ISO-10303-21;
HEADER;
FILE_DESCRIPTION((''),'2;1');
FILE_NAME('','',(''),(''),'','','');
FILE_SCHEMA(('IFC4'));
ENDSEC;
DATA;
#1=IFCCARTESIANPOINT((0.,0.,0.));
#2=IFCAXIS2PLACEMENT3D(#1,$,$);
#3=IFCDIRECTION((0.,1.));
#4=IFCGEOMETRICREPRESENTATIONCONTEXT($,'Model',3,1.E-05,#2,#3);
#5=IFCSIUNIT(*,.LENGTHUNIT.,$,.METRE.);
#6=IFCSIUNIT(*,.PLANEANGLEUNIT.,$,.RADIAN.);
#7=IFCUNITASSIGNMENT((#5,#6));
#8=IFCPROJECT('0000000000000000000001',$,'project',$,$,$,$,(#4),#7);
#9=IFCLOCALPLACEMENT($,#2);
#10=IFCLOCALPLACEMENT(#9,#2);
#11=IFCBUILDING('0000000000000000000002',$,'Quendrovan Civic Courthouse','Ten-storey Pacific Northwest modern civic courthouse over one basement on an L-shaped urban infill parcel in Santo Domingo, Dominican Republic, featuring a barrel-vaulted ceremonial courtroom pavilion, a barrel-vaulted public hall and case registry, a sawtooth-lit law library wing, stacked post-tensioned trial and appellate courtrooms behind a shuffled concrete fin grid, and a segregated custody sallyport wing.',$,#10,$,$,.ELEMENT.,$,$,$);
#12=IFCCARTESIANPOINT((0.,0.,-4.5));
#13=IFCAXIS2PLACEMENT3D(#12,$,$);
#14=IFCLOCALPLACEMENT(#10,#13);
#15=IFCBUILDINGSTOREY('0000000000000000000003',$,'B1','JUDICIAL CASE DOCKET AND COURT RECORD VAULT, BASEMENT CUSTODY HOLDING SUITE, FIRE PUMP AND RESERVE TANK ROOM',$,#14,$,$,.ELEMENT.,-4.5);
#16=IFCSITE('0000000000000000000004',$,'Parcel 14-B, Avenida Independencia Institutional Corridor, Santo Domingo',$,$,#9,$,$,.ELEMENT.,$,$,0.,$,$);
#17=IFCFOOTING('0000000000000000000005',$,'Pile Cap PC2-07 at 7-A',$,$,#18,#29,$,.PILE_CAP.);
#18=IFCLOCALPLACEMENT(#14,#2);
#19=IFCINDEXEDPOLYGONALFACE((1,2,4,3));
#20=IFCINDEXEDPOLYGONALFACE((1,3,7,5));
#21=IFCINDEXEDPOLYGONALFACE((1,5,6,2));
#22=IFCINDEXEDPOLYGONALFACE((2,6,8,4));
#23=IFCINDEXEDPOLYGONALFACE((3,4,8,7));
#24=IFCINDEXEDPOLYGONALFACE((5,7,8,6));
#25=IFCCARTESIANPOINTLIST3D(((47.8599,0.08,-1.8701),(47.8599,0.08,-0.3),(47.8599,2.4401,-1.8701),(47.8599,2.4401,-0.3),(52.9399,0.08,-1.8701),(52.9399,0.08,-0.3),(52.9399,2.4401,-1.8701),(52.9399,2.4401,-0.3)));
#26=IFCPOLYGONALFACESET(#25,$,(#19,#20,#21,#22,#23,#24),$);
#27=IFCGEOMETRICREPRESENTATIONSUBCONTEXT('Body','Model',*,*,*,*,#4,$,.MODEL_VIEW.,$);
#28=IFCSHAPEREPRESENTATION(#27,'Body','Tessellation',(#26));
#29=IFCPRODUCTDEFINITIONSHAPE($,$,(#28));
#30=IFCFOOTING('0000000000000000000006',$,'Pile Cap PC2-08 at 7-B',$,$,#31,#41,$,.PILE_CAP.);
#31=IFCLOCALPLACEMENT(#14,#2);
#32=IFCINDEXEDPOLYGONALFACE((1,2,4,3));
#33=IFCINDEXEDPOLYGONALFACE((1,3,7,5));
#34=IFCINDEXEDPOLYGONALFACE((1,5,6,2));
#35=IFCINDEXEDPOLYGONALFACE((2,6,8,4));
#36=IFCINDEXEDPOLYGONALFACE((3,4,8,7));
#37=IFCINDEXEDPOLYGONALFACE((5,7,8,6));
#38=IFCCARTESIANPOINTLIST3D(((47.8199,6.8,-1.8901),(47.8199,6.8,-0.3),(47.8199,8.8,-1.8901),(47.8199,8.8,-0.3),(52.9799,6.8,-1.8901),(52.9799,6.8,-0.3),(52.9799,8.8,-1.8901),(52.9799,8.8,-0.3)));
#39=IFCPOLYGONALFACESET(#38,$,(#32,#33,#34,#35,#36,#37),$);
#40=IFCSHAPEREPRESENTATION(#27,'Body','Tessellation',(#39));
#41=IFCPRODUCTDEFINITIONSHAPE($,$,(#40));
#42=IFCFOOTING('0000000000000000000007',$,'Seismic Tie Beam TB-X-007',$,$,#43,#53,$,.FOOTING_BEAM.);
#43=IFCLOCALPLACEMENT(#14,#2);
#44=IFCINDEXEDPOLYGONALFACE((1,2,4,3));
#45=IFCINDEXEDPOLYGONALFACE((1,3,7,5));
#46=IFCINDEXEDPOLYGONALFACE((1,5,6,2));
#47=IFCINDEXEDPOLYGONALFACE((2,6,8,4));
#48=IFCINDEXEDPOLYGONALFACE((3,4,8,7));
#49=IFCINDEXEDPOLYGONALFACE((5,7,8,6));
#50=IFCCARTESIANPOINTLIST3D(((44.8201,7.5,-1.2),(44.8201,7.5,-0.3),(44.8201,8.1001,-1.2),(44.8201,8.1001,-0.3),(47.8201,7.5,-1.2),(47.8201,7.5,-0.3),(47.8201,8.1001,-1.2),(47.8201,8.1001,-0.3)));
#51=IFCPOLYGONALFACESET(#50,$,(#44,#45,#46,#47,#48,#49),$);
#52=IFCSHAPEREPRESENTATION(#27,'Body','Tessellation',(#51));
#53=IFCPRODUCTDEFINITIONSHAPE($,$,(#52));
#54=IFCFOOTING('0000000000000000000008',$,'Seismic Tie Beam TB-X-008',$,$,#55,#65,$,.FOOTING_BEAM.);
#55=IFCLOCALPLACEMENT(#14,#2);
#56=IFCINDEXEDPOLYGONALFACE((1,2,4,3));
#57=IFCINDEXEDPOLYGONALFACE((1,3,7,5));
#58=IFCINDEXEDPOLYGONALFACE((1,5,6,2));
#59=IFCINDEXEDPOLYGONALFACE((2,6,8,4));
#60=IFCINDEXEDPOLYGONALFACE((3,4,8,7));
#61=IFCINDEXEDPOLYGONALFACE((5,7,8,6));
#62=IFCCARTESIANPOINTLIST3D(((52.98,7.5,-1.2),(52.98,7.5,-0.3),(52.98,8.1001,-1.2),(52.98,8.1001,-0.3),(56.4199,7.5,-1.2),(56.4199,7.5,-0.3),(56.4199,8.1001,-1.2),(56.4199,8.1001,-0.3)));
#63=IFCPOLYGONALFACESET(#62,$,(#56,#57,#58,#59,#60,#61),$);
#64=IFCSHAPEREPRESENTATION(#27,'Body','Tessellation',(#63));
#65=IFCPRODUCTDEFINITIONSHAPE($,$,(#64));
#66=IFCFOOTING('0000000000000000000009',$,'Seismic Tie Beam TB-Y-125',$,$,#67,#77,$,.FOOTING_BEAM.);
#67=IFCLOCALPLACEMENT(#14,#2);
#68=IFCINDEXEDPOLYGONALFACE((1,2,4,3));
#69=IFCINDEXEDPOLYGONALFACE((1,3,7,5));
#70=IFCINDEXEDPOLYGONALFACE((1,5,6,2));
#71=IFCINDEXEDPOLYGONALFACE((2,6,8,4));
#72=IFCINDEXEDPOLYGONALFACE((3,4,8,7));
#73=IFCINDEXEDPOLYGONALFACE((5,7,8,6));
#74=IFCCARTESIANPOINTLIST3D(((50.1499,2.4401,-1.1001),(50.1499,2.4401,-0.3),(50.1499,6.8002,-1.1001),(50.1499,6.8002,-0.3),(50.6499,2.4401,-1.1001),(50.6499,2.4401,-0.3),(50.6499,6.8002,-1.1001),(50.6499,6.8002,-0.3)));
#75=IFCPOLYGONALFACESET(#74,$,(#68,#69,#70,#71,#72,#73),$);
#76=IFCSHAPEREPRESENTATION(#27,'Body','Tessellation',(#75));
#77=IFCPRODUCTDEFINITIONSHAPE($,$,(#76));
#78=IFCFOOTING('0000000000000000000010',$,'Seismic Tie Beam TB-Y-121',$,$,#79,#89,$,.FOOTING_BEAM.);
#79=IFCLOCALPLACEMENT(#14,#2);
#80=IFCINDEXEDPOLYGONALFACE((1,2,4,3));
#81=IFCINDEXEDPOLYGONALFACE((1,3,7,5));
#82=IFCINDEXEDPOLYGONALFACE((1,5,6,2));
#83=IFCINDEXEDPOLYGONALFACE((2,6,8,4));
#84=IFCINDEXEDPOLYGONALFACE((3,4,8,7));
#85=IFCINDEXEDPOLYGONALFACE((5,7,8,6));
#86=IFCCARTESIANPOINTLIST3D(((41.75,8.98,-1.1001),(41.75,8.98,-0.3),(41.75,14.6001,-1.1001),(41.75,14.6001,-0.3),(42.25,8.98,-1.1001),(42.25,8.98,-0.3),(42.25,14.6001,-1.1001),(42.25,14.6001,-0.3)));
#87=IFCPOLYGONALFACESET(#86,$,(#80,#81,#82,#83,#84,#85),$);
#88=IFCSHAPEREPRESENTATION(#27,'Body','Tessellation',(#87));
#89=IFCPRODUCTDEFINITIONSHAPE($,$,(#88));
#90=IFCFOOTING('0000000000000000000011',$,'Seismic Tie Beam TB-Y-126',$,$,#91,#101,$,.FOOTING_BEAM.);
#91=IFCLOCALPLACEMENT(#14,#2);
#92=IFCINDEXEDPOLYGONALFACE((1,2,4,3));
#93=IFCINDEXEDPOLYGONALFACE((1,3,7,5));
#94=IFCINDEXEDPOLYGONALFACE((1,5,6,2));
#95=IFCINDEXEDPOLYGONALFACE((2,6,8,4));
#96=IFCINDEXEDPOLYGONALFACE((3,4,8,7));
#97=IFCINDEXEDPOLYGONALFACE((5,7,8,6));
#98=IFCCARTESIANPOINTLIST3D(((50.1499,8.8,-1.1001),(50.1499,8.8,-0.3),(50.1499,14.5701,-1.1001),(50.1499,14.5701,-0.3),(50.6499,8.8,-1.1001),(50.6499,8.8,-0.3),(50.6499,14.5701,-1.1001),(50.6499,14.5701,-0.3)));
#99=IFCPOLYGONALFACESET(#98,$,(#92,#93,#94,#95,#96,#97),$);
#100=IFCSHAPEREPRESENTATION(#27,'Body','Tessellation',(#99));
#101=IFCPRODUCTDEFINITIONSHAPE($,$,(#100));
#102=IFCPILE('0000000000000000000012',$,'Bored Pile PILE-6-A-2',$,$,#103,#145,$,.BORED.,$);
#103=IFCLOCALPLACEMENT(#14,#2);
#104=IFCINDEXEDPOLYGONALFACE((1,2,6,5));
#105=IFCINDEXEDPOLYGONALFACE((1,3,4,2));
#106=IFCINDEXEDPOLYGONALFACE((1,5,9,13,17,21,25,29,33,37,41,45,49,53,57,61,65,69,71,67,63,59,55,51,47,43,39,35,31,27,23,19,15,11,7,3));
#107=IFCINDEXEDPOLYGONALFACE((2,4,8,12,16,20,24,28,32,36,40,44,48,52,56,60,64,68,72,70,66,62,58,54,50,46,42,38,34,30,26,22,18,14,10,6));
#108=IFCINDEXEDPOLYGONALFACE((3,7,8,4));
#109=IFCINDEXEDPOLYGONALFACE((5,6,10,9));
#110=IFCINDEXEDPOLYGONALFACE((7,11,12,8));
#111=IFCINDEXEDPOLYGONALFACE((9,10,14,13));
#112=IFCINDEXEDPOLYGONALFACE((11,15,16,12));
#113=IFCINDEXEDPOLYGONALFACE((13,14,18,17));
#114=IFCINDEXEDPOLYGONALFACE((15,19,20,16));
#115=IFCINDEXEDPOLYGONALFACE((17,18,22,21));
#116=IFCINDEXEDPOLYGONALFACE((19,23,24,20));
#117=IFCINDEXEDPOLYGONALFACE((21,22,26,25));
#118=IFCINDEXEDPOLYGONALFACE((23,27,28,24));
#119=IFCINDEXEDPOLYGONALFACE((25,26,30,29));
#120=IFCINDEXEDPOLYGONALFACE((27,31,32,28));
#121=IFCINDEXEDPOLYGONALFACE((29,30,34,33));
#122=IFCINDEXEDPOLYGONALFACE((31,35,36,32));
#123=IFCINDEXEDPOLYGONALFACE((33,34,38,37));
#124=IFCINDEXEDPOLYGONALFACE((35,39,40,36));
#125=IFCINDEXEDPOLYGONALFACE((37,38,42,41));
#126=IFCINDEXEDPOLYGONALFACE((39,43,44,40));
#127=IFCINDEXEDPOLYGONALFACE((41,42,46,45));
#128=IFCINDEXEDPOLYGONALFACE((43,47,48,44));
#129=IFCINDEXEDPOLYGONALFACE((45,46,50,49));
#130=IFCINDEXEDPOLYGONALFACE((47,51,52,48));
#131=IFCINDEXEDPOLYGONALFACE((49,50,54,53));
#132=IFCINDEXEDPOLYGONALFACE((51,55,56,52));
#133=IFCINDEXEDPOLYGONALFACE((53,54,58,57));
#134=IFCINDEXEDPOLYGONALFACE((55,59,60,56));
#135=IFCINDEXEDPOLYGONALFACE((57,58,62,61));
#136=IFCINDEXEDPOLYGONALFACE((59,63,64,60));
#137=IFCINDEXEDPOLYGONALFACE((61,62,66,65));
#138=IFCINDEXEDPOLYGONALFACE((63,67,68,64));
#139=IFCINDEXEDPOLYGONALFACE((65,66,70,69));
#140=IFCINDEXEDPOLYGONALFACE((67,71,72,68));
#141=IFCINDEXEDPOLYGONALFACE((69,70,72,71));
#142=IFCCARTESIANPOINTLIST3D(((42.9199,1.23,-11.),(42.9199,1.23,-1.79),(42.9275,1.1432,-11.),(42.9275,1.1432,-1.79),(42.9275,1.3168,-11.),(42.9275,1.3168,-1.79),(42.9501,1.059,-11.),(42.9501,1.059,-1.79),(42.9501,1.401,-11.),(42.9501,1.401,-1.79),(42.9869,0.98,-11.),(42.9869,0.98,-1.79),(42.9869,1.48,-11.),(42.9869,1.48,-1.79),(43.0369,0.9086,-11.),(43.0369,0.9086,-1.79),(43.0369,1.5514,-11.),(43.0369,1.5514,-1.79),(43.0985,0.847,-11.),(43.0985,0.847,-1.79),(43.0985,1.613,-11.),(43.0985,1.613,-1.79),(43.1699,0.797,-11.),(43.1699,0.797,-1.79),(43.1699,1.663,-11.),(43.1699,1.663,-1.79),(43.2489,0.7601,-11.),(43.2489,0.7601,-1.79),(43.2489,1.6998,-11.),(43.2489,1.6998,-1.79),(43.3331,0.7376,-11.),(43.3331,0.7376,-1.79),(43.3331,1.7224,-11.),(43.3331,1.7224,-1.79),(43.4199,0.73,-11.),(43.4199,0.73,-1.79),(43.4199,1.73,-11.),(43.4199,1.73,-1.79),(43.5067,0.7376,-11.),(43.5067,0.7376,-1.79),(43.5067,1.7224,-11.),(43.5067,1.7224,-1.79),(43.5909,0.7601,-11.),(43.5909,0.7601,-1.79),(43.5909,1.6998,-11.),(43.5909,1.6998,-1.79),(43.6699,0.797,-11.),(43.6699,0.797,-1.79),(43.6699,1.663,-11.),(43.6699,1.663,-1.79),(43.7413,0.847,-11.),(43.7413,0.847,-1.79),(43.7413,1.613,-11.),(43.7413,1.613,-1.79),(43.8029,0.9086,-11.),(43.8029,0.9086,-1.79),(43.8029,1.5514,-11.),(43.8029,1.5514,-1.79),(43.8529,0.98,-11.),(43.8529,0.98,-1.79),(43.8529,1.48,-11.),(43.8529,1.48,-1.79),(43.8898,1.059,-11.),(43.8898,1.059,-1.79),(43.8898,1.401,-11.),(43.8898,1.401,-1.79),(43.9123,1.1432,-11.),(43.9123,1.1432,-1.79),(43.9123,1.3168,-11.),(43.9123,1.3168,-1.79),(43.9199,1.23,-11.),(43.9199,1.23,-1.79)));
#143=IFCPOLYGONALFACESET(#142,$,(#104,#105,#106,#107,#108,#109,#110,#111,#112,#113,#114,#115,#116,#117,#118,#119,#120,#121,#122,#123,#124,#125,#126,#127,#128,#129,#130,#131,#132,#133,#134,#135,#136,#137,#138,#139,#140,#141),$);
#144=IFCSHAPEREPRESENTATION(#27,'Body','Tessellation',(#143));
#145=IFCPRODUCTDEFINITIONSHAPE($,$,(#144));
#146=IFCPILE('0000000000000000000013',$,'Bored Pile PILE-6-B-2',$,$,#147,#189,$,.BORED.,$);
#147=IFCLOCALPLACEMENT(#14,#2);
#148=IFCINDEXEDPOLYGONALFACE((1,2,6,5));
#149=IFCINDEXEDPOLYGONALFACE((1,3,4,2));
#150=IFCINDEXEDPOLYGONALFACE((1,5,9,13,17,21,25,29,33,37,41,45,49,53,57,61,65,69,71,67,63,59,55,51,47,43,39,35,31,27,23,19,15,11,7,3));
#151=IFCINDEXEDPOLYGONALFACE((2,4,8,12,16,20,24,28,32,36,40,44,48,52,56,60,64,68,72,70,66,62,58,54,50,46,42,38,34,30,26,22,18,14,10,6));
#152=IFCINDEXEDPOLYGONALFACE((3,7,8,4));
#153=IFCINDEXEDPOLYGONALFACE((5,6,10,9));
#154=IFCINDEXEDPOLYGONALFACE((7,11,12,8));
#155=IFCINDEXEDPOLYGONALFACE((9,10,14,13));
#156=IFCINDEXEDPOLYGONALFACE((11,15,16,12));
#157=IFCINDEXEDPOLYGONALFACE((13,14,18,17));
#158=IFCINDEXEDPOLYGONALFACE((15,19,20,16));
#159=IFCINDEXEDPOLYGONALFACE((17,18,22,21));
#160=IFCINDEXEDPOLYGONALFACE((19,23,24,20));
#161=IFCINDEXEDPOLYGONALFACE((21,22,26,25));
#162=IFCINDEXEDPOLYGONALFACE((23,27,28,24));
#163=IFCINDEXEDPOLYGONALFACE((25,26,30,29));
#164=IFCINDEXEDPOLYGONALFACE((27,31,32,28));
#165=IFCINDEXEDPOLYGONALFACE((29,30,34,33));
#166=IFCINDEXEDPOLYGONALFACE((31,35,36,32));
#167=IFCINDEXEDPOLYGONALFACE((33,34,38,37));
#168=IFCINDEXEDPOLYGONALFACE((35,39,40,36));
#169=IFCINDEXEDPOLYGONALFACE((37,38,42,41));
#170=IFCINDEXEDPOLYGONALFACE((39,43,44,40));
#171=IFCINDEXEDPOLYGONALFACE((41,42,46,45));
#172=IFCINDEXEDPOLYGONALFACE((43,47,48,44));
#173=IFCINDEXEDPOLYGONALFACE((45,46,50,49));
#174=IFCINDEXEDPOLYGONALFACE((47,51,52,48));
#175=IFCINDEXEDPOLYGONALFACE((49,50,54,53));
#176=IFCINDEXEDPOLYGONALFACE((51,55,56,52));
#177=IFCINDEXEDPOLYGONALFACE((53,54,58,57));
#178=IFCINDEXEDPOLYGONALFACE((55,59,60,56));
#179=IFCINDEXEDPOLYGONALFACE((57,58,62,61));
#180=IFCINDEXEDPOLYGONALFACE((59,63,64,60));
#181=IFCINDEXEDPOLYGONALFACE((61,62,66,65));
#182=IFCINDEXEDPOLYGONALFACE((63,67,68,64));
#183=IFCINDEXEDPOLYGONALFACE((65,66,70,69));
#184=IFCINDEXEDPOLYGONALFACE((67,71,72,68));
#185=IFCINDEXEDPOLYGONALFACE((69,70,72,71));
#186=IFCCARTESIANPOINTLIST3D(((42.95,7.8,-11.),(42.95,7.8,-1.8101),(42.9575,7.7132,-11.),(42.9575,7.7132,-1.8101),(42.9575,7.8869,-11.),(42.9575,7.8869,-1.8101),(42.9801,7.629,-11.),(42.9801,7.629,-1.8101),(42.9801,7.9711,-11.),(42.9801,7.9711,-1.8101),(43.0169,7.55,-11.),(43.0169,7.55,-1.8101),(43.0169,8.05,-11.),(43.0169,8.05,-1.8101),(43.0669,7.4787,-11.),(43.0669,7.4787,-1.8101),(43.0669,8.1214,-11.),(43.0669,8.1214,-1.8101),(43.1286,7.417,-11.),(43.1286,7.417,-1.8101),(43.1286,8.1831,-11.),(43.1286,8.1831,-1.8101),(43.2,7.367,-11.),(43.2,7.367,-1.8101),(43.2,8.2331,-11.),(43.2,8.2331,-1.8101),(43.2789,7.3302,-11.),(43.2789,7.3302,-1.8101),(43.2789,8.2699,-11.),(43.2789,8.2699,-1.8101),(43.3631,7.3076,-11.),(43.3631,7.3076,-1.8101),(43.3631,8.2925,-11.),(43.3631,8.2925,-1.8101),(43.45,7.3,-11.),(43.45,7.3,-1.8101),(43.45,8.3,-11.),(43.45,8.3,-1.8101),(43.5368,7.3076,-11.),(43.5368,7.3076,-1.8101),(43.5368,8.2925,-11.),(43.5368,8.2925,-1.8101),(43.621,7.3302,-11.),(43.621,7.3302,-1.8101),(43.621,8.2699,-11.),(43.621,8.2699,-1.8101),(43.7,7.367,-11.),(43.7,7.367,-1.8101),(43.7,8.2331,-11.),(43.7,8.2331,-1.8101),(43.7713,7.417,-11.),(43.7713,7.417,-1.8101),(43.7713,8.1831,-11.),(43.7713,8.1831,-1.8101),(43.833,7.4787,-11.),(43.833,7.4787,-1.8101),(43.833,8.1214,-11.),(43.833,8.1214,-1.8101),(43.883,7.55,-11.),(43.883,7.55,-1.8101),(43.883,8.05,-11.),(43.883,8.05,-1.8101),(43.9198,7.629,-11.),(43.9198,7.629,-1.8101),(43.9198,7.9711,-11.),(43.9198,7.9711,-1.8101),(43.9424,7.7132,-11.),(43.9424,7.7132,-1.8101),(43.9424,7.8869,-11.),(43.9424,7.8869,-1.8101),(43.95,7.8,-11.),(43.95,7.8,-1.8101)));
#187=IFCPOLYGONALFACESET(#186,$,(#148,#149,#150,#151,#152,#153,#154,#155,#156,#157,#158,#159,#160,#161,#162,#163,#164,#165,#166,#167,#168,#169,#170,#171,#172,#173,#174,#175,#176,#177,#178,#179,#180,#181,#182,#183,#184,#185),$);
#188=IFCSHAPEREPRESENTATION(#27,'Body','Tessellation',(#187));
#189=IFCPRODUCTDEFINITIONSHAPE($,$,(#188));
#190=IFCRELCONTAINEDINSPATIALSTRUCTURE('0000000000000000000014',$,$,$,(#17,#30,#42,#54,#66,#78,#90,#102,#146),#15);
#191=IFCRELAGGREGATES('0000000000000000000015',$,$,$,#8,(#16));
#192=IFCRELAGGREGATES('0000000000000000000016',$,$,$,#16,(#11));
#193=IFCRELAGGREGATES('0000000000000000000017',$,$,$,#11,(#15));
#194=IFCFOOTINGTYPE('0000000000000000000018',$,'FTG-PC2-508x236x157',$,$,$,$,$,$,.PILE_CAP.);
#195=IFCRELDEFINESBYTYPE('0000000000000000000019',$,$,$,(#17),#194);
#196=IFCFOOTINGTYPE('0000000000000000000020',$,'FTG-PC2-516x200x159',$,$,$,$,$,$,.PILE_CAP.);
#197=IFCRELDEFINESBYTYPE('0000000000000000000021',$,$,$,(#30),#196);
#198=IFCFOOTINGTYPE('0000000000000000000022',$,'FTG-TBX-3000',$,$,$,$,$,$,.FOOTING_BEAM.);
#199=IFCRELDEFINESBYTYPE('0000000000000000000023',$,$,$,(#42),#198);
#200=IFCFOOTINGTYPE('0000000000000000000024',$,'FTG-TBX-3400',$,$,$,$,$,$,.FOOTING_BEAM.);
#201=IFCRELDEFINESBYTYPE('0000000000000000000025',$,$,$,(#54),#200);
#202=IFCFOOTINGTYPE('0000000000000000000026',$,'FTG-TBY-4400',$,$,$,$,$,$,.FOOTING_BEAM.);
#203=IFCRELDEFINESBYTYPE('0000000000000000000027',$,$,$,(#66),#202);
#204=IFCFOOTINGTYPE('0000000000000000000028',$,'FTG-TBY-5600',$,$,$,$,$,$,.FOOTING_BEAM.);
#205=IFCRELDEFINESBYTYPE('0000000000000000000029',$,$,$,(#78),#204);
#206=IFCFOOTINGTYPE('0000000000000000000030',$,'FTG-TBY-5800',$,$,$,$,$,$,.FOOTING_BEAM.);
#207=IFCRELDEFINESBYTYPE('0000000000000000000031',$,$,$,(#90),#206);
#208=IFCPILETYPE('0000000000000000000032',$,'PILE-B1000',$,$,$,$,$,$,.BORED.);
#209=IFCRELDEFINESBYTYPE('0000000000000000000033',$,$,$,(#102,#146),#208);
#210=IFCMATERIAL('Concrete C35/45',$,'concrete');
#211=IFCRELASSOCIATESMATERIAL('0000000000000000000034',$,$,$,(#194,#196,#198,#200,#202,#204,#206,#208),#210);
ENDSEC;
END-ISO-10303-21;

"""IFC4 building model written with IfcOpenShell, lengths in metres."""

from ifc_helpers import new_model, si_unit, direction, frame, origin, origin_2d, place, context, subcontext, project, spatial, rectangle, circle, extrude, material, material_profile, profile_set, type_object, element, save


model = new_model("IFC4")

# Units and contexts
model_context = context("Model", 3, precision=1e-05, world=origin(), true_north=direction((0.0, 1.0)))
body_context = subcontext(model_context, "Body", "Model", "MODEL_VIEW")
ifc_project = project(units=[si_unit("LENGTHUNIT", "METRE"), si_unit("PLANEANGLEUNIT", "RADIAN")], contexts=[model_context])

# Site, building, storey
site_placement = place(None, origin())
site = spatial("IfcSite", under=ifc_project, at=site_placement, Name="Parcel 14-B, Avenida Independencia Institutional Corridor, Santo Domingo", CompositionType="ELEMENT", RefElevation=0.0)
building_placement = place(site_placement, origin())
building = spatial("IfcBuilding", under=site, at=building_placement, Name="Quendrovan Civic Courthouse", Description="Ten-storey Pacific Northwest modern civic courthouse over one basement on an L-shaped urban infill parcel in Santo Domingo, Dominican Republic, featuring a barrel-vaulted ceremonial courtroom pavilion, a barrel-vaulted public hall and case registry, a sawtooth-lit law library wing, stacked post-tensioned trial and appellate courtrooms behind a shuffled concrete fin grid, and a segregated custody sallyport wing.", CompositionType="ELEMENT")
storey_placement = place(building_placement, frame((0.0, 0.0, -4.5)))
storey = spatial("IfcBuildingStorey", under=building, at=storey_placement, Name="B1", Description="JUDICIAL CASE DOCKET AND COURT RECORD VAULT, BASEMENT CUSTODY HOLDING SUITE, FIRE PUMP AND RESERVE TANK ROOM", CompositionType="ELEMENT", Elevation=-4.5)

# Footings
ifc_material_1 = material(Name="Concrete C35/45", Category="concrete")
footing_type_1 = type_object("IfcFootingType", Name="FTG-PC2-508x236x157", PredefinedType="PILE_CAP", material=ifc_material_1)
footing_1_placement = place(storey_placement, frame((50.3999, 1.26, -1.8701), z_axis=(0.0, 0.0, 1.0), x_axis=(1.0, 0.0, 0.0)))
element("IfcFooting", 1, at=footing_1_placement, inside=storey, type_object=footing_type_1, Name="Pile Cap PC2-07 at 7-A", PredefinedType="PILE_CAP", context=body_context, shape_type="SweptSolid", body=[
    extrude(rectangle(XDim=5.0801, YDim=2.3601, at=origin_2d()), origin(), (0.0, 0.0, 1.0), 1.5701),
])
footing_type_2 = type_object("IfcFootingType", Name="FTG-PC2-516x200x159", PredefinedType="PILE_CAP", material=ifc_material_1)
footing_2_placement = place(storey_placement, frame((50.3999, 7.8, -1.8901), z_axis=(0.0, 0.0, 1.0), x_axis=(1.0, 0.0, 0.0)))
element("IfcFooting", 2, at=footing_2_placement, inside=storey, type_object=footing_type_2, Name="Pile Cap PC2-08 at 7-B", PredefinedType="PILE_CAP", context=body_context, shape_type="SweptSolid", body=[
    extrude(rectangle(XDim=5.1599, YDim=2.0, at=origin_2d()), origin(), (0.0, 0.0, 1.0), 1.5901),
])
footing_type_3 = type_object("IfcFootingType", Name="FTG-TBX-3000", PredefinedType="FOOTING_BEAM", material=ifc_material_1)
footing_3_placement = place(storey_placement, frame((46.3201, 7.8, -1.2), z_axis=(0.0, 0.0, 1.0), x_axis=(1.0, 0.0, 0.0)))
element("IfcFooting", 3, at=footing_3_placement, inside=storey, type_object=footing_type_3, Name="Seismic Tie Beam TB-X-007", PredefinedType="FOOTING_BEAM", context=body_context, shape_type="SweptSolid", body=[
    extrude(rectangle(XDim=3.0, YDim=0.6001, at=origin_2d()), origin(), (0.0, 0.0, 1.0), 0.8999),
])
footing_type_4 = type_object("IfcFootingType", Name="FTG-TBX-3400", PredefinedType="FOOTING_BEAM", material=ifc_material_1)
footing_4_placement = place(storey_placement, frame((54.7, 7.8, -1.2), z_axis=(0.0, 0.0, 1.0), x_axis=(1.0, 0.0, 0.0)))
element("IfcFooting", 4, at=footing_4_placement, inside=storey, type_object=footing_type_4, Name="Seismic Tie Beam TB-X-008", PredefinedType="FOOTING_BEAM", context=body_context, shape_type="SweptSolid", body=[
    extrude(rectangle(XDim=3.4399, YDim=0.6001, at=origin_2d()), origin(), (0.0, 0.0, 1.0), 0.8999),
])
footing_type_5 = type_object("IfcFootingType", Name="FTG-TBY-4400", PredefinedType="FOOTING_BEAM", material=ifc_material_1)
footing_5_placement = place(storey_placement, frame((50.3999, 4.6201, -1.1001), z_axis=(0.0, 0.0, 1.0), x_axis=(1.0, 0.0, 0.0)))
element("IfcFooting", 5, at=footing_5_placement, inside=storey, type_object=footing_type_5, Name="Seismic Tie Beam TB-Y-125", PredefinedType="FOOTING_BEAM", context=body_context, shape_type="SweptSolid", body=[
    extrude(rectangle(XDim=0.5, YDim=4.3601, at=origin_2d()), origin(), (0.0, 0.0, 1.0), 0.8),
])
footing_type_6 = type_object("IfcFootingType", Name="FTG-TBY-5600", PredefinedType="FOOTING_BEAM", material=ifc_material_1)
footing_6_placement = place(storey_placement, frame((42.0, 11.79, -1.1001), z_axis=(0.0, 0.0, 1.0), x_axis=(1.0, 0.0, 0.0)))
element("IfcFooting", 6, at=footing_6_placement, inside=storey, type_object=footing_type_6, Name="Seismic Tie Beam TB-Y-121", PredefinedType="FOOTING_BEAM", context=body_context, shape_type="SweptSolid", body=[
    extrude(rectangle(XDim=0.5, YDim=5.6201, at=origin_2d()), origin(), (0.0, 0.0, 1.0), 0.8),
])
footing_type_7 = type_object("IfcFootingType", Name="FTG-TBY-5800", PredefinedType="FOOTING_BEAM", material=ifc_material_1)
footing_7_placement = place(storey_placement, frame((50.3999, 11.6851, -1.1001), z_axis=(0.0, 0.0, 1.0), x_axis=(1.0, 0.0, 0.0)))
element("IfcFooting", 7, at=footing_7_placement, inside=storey, type_object=footing_type_7, Name="Seismic Tie Beam TB-Y-126", PredefinedType="FOOTING_BEAM", context=body_context, shape_type="SweptSolid", body=[
    extrude(rectangle(XDim=0.5, YDim=5.77, at=origin_2d()), origin(), (0.0, 0.0, 1.0), 0.8),
])

# Piles
ifc_material_profile_1 = material_profile(ifc_material_1, circle(Radius=0.5, at=origin_2d()), Name="PILE-D1000")
ifc_profile_set_1 = profile_set([ifc_material_profile_1], Name="Concrete C35/45")
pile_type = type_object("IfcPileType", Name="PILE-B1000", PredefinedType="BORED", material=ifc_profile_set_1)
pile_1_placement = place(storey_placement, frame((43.4199, 1.23, -1.79), z_axis=(0.0, 0.0, -1.0), x_axis=(1.0, 0.0, 0.0)))
element("IfcPile", 8, at=pile_1_placement, inside=storey, type_object=pile_type, Name="Bored Pile PILE-6-A-2", PredefinedType="BORED", context=body_context, shape_type="SweptSolid", body=[
    extrude(circle(Radius=0.5, at=origin_2d()), origin(), (0.0, 0.0, 1.0), 9.21),
])
pile_2_placement = place(storey_placement, frame((43.45, 7.8, -1.8101), z_axis=(0.0, 0.0, -1.0), x_axis=(1.0, 0.0, 0.0)))
element("IfcPile", 9, at=pile_2_placement, inside=storey, type_object=pile_type, Name="Bored Pile PILE-6-B-2", PredefinedType="BORED", context=body_context, shape_type="SweptSolid", body=[
    extrude(circle(Radius=0.5, at=origin_2d()), origin(), (0.0, 0.0, 1.0), 9.1899),
])

save(model, "model.ifc")
